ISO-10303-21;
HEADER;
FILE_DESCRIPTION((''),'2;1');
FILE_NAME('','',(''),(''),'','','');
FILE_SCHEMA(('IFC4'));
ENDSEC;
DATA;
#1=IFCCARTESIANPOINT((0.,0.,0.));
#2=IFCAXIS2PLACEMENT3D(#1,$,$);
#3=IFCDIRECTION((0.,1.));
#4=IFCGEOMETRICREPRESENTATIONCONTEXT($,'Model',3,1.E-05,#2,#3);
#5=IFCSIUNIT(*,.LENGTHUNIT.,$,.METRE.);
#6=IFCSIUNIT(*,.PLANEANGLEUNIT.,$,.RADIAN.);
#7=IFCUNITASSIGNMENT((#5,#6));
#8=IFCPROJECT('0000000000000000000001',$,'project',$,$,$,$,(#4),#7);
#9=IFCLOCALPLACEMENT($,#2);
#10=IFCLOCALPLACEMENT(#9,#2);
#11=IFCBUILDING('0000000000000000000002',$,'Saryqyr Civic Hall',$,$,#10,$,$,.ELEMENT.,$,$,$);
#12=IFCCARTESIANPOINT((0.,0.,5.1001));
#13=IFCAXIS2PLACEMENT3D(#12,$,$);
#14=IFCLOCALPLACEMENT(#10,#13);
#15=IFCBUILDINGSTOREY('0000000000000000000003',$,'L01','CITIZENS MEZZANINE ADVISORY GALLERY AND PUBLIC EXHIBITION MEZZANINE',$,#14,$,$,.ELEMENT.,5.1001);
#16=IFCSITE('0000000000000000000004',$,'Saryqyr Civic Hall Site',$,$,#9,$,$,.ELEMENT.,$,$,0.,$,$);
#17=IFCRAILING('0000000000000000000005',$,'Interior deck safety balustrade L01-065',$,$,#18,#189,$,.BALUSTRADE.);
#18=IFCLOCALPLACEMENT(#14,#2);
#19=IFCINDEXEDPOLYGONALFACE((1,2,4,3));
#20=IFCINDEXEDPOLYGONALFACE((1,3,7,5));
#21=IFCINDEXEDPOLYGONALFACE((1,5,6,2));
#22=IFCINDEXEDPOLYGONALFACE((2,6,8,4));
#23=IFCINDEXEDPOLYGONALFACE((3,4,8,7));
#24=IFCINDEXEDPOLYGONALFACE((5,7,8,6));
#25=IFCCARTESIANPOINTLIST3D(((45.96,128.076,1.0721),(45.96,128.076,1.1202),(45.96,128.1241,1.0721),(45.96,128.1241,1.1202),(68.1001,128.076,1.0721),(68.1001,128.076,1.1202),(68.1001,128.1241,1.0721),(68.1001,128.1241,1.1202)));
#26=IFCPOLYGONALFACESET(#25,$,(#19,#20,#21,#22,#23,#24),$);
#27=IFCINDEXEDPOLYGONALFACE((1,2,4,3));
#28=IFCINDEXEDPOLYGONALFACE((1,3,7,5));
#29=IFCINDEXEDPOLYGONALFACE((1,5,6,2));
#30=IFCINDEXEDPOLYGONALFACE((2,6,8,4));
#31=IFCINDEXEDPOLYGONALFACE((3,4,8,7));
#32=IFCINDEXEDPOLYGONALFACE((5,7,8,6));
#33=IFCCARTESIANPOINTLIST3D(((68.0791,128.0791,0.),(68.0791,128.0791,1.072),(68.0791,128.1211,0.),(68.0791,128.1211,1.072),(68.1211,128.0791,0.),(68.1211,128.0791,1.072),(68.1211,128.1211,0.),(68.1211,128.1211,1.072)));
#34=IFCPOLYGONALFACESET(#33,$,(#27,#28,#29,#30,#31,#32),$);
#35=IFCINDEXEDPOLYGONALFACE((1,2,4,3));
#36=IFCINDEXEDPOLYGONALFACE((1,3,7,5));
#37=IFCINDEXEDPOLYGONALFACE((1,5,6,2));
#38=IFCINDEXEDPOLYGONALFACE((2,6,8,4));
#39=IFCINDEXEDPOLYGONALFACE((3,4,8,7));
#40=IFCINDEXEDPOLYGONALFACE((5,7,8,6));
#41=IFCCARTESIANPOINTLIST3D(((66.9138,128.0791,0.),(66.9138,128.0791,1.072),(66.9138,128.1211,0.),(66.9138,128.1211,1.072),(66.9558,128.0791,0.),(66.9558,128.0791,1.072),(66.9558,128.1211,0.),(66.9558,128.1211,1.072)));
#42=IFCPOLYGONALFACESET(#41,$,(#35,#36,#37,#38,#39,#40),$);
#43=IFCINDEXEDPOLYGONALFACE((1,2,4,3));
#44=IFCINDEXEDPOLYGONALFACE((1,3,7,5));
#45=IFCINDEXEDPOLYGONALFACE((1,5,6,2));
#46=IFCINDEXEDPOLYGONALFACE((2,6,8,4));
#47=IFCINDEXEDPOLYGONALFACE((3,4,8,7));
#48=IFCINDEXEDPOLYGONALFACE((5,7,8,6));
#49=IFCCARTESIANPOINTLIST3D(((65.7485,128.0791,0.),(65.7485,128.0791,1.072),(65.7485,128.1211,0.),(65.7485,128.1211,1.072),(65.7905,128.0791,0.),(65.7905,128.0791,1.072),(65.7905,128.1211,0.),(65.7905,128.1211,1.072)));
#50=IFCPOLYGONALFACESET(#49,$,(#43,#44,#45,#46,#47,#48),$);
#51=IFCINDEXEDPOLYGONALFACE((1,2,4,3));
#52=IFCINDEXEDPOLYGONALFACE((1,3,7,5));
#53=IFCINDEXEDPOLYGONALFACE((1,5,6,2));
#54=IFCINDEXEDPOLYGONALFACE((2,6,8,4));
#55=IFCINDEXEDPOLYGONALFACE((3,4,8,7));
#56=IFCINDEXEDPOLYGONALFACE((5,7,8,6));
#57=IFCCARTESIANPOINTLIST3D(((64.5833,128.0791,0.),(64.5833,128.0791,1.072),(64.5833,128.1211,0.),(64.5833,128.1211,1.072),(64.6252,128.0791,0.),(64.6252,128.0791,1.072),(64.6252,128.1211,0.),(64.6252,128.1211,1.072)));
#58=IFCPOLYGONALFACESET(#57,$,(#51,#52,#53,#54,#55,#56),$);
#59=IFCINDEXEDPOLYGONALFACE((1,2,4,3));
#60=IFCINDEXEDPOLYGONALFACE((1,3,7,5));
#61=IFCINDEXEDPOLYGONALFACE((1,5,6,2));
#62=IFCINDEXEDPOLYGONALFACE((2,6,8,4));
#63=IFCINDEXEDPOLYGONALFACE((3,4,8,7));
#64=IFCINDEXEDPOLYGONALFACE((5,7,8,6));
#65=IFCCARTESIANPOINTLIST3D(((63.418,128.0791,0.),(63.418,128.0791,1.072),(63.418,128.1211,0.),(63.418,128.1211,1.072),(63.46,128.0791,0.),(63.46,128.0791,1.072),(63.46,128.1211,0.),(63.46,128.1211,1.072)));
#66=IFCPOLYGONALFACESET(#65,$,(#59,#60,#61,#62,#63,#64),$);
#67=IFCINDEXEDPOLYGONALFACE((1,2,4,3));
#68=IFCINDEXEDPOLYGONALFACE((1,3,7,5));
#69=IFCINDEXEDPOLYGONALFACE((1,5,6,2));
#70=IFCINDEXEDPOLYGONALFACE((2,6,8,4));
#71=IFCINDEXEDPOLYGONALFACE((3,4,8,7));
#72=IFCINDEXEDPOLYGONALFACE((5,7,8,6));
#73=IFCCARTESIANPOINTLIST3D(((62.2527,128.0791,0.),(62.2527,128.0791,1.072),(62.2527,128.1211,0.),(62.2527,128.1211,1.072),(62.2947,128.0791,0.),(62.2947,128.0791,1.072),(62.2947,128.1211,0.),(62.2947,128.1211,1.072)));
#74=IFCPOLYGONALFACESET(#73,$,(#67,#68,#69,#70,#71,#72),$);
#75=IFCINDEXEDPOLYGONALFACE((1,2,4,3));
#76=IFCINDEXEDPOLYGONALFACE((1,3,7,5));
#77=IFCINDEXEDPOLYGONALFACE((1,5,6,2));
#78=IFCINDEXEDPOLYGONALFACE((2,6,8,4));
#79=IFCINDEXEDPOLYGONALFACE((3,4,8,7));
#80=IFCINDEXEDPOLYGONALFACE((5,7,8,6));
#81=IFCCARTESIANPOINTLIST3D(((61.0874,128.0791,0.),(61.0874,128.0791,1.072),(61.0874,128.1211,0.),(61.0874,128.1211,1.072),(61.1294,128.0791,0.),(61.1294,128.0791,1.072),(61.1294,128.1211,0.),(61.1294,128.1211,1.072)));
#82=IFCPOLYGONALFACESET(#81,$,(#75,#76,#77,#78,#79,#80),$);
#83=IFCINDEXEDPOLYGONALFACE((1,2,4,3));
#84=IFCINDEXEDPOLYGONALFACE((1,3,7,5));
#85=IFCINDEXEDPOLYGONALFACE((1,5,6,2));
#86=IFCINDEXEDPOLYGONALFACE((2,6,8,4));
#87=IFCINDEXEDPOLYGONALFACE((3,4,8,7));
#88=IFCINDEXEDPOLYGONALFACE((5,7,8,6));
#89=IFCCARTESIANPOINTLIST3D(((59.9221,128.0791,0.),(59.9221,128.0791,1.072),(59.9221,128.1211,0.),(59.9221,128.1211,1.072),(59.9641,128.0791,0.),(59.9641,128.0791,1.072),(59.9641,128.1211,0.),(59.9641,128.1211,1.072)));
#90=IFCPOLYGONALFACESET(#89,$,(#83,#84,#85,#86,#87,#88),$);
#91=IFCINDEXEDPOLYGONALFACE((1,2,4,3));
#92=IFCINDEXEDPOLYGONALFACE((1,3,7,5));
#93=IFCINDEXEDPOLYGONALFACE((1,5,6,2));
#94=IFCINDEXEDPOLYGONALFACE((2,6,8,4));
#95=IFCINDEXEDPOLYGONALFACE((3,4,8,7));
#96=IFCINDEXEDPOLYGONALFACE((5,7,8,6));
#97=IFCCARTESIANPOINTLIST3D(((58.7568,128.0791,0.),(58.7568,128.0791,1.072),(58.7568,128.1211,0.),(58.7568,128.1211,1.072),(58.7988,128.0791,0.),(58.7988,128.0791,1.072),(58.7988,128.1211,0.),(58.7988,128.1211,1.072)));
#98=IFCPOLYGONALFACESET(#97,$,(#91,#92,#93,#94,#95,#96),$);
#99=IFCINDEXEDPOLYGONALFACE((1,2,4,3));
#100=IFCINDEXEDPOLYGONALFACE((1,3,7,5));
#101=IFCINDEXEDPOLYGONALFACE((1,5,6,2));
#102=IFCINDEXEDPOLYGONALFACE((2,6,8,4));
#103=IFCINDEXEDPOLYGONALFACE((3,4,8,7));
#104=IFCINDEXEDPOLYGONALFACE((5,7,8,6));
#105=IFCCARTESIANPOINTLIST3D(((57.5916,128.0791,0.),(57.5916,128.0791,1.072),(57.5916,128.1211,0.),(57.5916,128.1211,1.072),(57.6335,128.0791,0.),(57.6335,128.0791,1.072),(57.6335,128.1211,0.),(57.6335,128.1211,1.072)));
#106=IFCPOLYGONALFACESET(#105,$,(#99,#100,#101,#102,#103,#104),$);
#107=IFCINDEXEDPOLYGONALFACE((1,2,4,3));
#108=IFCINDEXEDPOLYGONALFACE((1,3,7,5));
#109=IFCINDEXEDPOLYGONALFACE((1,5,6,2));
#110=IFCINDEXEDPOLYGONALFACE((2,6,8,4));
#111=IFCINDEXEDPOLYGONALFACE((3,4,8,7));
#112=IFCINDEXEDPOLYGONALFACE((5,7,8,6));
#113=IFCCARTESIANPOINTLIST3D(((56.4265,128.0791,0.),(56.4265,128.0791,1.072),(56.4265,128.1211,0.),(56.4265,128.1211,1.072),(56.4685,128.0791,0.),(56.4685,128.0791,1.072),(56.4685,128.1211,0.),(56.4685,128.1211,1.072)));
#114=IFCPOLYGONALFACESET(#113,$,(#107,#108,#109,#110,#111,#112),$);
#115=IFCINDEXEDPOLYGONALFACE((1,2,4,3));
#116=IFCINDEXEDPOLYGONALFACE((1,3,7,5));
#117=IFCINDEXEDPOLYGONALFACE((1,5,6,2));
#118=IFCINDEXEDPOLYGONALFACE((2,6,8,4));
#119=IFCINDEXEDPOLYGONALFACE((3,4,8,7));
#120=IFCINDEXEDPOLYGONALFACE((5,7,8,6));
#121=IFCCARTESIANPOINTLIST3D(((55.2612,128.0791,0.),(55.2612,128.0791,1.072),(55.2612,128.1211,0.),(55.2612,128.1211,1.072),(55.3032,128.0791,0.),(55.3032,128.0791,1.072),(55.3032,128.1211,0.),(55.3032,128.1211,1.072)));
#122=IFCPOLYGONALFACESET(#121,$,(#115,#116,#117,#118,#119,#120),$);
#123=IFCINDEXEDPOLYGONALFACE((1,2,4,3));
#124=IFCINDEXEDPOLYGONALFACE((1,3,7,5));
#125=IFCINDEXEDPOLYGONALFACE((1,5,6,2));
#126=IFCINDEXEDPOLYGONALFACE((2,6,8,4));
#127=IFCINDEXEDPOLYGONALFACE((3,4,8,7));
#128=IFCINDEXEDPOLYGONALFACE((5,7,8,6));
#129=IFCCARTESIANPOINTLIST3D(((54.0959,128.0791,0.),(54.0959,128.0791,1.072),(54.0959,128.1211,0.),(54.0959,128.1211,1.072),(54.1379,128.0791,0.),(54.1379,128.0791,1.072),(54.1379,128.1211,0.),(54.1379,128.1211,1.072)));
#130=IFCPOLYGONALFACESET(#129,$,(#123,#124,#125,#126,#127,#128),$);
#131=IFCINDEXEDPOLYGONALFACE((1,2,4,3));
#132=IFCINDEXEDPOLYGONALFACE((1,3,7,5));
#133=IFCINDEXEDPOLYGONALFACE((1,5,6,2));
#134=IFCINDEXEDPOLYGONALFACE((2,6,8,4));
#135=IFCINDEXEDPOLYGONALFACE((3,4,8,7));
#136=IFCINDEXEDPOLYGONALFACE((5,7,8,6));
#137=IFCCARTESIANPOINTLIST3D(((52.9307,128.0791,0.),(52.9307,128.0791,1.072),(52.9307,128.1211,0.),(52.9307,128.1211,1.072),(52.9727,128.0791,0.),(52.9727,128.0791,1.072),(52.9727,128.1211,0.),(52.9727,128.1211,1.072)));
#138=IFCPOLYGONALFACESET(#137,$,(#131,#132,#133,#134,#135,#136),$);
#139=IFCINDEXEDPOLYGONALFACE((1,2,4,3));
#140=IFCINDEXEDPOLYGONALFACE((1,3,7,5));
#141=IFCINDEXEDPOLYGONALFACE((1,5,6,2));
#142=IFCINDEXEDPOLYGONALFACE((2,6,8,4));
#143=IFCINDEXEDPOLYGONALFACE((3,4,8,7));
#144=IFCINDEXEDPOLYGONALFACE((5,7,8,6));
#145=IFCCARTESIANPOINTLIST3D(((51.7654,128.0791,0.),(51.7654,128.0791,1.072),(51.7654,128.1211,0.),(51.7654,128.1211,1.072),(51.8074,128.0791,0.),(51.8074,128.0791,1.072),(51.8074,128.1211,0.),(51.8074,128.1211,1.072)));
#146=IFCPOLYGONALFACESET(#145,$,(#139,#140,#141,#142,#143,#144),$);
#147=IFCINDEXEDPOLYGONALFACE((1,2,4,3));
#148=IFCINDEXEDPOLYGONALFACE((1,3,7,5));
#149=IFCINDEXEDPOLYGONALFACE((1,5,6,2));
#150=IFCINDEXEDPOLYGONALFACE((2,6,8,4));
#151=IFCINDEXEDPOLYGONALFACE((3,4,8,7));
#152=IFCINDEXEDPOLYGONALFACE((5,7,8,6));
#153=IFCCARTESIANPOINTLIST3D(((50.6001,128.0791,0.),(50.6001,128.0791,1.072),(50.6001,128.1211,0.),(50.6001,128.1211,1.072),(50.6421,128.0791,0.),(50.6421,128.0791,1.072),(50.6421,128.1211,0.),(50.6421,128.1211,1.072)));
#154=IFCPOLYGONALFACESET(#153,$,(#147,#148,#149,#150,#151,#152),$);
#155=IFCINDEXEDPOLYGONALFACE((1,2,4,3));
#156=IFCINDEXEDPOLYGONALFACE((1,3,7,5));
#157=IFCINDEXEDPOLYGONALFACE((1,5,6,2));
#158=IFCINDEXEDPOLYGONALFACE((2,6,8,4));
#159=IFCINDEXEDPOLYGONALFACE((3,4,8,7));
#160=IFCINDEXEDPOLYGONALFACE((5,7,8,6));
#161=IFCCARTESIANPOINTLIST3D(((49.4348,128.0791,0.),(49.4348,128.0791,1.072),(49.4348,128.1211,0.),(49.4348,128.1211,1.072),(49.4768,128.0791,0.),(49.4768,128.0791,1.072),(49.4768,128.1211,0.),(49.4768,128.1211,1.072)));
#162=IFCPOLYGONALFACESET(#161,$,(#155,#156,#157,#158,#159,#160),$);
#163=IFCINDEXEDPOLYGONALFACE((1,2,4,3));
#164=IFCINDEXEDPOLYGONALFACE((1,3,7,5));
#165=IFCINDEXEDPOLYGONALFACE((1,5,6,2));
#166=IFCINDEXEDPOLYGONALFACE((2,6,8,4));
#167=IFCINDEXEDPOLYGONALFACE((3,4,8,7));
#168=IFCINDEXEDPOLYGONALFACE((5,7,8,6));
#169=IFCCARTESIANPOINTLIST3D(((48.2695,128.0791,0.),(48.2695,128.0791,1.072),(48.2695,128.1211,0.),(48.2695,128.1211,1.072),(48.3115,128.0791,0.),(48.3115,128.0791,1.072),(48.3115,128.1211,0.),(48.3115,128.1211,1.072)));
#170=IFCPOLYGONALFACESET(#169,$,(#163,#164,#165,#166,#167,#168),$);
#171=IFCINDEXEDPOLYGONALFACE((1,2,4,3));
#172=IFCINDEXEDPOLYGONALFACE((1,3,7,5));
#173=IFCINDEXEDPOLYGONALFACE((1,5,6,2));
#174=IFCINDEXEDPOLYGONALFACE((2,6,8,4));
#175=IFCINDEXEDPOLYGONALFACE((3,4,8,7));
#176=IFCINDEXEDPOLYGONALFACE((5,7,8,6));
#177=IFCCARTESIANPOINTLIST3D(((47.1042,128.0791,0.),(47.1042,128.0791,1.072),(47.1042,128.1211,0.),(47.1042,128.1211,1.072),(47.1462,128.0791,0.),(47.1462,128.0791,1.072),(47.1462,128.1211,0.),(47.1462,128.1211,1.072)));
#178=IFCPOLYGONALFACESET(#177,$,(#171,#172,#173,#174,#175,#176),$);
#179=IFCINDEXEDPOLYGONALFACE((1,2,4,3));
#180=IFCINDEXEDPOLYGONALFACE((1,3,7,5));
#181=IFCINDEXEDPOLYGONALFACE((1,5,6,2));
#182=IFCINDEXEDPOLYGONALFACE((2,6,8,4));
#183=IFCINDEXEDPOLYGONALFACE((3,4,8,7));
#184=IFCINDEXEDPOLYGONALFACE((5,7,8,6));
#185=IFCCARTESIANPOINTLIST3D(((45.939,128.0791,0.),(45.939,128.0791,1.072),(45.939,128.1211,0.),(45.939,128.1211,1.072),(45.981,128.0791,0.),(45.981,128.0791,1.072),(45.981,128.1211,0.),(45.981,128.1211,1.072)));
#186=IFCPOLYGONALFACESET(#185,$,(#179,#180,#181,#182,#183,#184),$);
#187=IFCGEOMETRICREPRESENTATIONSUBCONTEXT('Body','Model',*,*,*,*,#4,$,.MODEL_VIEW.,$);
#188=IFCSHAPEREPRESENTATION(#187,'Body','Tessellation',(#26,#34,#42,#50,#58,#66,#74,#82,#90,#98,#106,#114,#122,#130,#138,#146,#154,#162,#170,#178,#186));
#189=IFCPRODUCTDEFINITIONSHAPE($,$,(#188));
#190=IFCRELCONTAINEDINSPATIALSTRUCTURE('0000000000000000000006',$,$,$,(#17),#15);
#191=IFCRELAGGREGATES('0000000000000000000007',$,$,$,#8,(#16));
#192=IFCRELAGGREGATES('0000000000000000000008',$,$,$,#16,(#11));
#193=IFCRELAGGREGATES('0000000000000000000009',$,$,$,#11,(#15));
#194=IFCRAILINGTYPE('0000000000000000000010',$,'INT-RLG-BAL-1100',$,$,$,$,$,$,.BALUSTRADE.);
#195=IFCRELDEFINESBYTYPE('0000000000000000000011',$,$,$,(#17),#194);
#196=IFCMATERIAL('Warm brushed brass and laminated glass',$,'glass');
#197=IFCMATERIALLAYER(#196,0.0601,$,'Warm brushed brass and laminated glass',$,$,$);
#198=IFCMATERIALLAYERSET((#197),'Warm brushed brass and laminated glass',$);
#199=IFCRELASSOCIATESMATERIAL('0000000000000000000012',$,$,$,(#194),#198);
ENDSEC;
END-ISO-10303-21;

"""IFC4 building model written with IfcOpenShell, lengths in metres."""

from ifc_helpers import new_model, si_unit, direction, frame, origin, origin_2d, place, context, subcontext, project, spatial, rectangle, extrude, material, layer, layer_set, type_object, element, save


model = new_model("IFC4")

# Units and contexts
model_context = context("Model", 3, precision=1e-05, world=origin(), true_north=direction((0.0, 1.0)))
body_context = subcontext(model_context, "Body", "Model", "MODEL_VIEW")
ifc_project = project(units=[si_unit("LENGTHUNIT", "METRE"), si_unit("PLANEANGLEUNIT", "RADIAN")], contexts=[model_context])

# Site, building, storey
site_placement = place(None, origin())
site = spatial("IfcSite", under=ifc_project, at=site_placement, Name="Saryqyr Civic Hall Site", CompositionType="ELEMENT", RefElevation=0.0)
building_placement = place(site_placement, origin())
building = spatial("IfcBuilding", under=site, at=building_placement, Name="Saryqyr Civic Hall", CompositionType="ELEMENT")
storey_placement = place(building_placement, frame((0.0, 0.0, 5.1001)))
storey = spatial("IfcBuildingStorey", under=building, at=storey_placement, Name="L01", Description="CITIZENS MEZZANINE ADVISORY GALLERY AND PUBLIC EXHIBITION MEZZANINE", CompositionType="ELEMENT", Elevation=5.1001)

# Railing
ifc_material_1 = material(Name="Warm brushed brass and laminated glass", Category="glass")
ifc_layer_1 = layer(ifc_material_1, 0.0601, Name="Warm brushed brass and laminated glass")
ifc_layer_set_1 = layer_set([ifc_layer_1], Name="Warm brushed brass and laminated glass")
railing_type = type_object("IfcRailingType", Name="INT-RLG-BAL-1100", PredefinedType="BALUSTRADE", material=ifc_layer_set_1)
railing_1_placement = place(storey_placement, frame((68.1001, 128.1001, 0.0)))
element("IfcRailing", 1, at=railing_1_placement, inside=storey, type_object=railing_type, Name="Interior deck safety balustrade L01-065", PredefinedType="BALUSTRADE", context=body_context, shape_type="SweptSolid", body=[
    extrude(rectangle(XDim=0.0481, YDim=0.0481, at=origin_2d()), frame((0.0, 0.0, 1.0962), z_axis=(-1.0, 0.0, 0.0), x_axis=(0.0, -1.0, 0.0)), (0.0, 0.0, 1.0), 22.1401),
    extrude(rectangle(XDim=0.042, YDim=0.042, at=origin_2d()), origin(), (0.0, 0.0, 1.0), 1.072),
    extrude(rectangle(XDim=0.042, YDim=0.042, at=origin_2d()), frame((-1.1653, 0.0, 0.0)), (0.0, 0.0, 1.0), 1.072),
    extrude(rectangle(XDim=0.042, YDim=0.042, at=origin_2d()), frame((-2.3306, 0.0, 0.0)), (0.0, 0.0, 1.0), 1.072),
    extrude(rectangle(XDim=0.042, YDim=0.042, at=origin_2d()), frame((-3.4958, 0.0, 0.0)), (0.0, 0.0, 1.0), 1.072),
    extrude(rectangle(XDim=0.042, YDim=0.042, at=origin_2d()), frame((-4.6611, 0.0, 0.0)), (0.0, 0.0, 1.0), 1.072),
    extrude(rectangle(XDim=0.042, YDim=0.042, at=origin_2d()), frame((-5.8264, 0.0, 0.0)), (0.0, 0.0, 1.0), 1.072),
    extrude(rectangle(XDim=0.042, YDim=0.042, at=origin_2d()), frame((-6.9917, 0.0, 0.0)), (0.0, 0.0, 1.0), 1.072),
    extrude(rectangle(XDim=0.042, YDim=0.042, at=origin_2d()), frame((-8.157, 0.0, 0.0)), (0.0, 0.0, 1.0), 1.072),
    extrude(rectangle(XDim=0.042, YDim=0.042, at=origin_2d()), frame((-9.3223, 0.0, 0.0)), (0.0, 0.0, 1.0), 1.072),
    extrude(rectangle(XDim=0.042, YDim=0.042, at=origin_2d()), frame((-10.4875, 0.0, 0.0)), (0.0, 0.0, 1.0), 1.072),
    extrude(rectangle(XDim=0.042, YDim=0.042, at=origin_2d()), frame((-11.6526, 0.0, 0.0)), (0.0, 0.0, 1.0), 1.072),
    extrude(rectangle(XDim=0.042, YDim=0.042, at=origin_2d()), frame((-12.8179, 0.0, 0.0)), (0.0, 0.0, 1.0), 1.072),
    extrude(rectangle(XDim=0.042, YDim=0.042, at=origin_2d()), frame((-13.9832, 0.0, 0.0)), (0.0, 0.0, 1.0), 1.072),
    extrude(rectangle(XDim=0.042, YDim=0.042, at=origin_2d()), frame((-15.1484, 0.0, 0.0)), (0.0, 0.0, 1.0), 1.072),
    extrude(rectangle(XDim=0.042, YDim=0.042, at=origin_2d()), frame((-16.3137, 0.0, 0.0)), (0.0, 0.0, 1.0), 1.072),
    extrude(rectangle(XDim=0.042, YDim=0.042, at=origin_2d()), frame((-17.479, 0.0, 0.0)), (0.0, 0.0, 1.0), 1.072),
    extrude(rectangle(XDim=0.042, YDim=0.042, at=origin_2d()), frame((-18.6443, 0.0, 0.0)), (0.0, 0.0, 1.0), 1.072),
    extrude(rectangle(XDim=0.042, YDim=0.042, at=origin_2d()), frame((-19.8096, 0.0, 0.0)), (0.0, 0.0, 1.0), 1.072),
    extrude(rectangle(XDim=0.042, YDim=0.042, at=origin_2d()), frame((-20.9749, 0.0, 0.0)), (0.0, 0.0, 1.0), 1.072),
    extrude(rectangle(XDim=0.042, YDim=0.042, at=origin_2d()), frame((-22.1401, 0.0, 0.0)), (0.0, 0.0, 1.0), 1.072),
])

save(model, "model.ifc")
